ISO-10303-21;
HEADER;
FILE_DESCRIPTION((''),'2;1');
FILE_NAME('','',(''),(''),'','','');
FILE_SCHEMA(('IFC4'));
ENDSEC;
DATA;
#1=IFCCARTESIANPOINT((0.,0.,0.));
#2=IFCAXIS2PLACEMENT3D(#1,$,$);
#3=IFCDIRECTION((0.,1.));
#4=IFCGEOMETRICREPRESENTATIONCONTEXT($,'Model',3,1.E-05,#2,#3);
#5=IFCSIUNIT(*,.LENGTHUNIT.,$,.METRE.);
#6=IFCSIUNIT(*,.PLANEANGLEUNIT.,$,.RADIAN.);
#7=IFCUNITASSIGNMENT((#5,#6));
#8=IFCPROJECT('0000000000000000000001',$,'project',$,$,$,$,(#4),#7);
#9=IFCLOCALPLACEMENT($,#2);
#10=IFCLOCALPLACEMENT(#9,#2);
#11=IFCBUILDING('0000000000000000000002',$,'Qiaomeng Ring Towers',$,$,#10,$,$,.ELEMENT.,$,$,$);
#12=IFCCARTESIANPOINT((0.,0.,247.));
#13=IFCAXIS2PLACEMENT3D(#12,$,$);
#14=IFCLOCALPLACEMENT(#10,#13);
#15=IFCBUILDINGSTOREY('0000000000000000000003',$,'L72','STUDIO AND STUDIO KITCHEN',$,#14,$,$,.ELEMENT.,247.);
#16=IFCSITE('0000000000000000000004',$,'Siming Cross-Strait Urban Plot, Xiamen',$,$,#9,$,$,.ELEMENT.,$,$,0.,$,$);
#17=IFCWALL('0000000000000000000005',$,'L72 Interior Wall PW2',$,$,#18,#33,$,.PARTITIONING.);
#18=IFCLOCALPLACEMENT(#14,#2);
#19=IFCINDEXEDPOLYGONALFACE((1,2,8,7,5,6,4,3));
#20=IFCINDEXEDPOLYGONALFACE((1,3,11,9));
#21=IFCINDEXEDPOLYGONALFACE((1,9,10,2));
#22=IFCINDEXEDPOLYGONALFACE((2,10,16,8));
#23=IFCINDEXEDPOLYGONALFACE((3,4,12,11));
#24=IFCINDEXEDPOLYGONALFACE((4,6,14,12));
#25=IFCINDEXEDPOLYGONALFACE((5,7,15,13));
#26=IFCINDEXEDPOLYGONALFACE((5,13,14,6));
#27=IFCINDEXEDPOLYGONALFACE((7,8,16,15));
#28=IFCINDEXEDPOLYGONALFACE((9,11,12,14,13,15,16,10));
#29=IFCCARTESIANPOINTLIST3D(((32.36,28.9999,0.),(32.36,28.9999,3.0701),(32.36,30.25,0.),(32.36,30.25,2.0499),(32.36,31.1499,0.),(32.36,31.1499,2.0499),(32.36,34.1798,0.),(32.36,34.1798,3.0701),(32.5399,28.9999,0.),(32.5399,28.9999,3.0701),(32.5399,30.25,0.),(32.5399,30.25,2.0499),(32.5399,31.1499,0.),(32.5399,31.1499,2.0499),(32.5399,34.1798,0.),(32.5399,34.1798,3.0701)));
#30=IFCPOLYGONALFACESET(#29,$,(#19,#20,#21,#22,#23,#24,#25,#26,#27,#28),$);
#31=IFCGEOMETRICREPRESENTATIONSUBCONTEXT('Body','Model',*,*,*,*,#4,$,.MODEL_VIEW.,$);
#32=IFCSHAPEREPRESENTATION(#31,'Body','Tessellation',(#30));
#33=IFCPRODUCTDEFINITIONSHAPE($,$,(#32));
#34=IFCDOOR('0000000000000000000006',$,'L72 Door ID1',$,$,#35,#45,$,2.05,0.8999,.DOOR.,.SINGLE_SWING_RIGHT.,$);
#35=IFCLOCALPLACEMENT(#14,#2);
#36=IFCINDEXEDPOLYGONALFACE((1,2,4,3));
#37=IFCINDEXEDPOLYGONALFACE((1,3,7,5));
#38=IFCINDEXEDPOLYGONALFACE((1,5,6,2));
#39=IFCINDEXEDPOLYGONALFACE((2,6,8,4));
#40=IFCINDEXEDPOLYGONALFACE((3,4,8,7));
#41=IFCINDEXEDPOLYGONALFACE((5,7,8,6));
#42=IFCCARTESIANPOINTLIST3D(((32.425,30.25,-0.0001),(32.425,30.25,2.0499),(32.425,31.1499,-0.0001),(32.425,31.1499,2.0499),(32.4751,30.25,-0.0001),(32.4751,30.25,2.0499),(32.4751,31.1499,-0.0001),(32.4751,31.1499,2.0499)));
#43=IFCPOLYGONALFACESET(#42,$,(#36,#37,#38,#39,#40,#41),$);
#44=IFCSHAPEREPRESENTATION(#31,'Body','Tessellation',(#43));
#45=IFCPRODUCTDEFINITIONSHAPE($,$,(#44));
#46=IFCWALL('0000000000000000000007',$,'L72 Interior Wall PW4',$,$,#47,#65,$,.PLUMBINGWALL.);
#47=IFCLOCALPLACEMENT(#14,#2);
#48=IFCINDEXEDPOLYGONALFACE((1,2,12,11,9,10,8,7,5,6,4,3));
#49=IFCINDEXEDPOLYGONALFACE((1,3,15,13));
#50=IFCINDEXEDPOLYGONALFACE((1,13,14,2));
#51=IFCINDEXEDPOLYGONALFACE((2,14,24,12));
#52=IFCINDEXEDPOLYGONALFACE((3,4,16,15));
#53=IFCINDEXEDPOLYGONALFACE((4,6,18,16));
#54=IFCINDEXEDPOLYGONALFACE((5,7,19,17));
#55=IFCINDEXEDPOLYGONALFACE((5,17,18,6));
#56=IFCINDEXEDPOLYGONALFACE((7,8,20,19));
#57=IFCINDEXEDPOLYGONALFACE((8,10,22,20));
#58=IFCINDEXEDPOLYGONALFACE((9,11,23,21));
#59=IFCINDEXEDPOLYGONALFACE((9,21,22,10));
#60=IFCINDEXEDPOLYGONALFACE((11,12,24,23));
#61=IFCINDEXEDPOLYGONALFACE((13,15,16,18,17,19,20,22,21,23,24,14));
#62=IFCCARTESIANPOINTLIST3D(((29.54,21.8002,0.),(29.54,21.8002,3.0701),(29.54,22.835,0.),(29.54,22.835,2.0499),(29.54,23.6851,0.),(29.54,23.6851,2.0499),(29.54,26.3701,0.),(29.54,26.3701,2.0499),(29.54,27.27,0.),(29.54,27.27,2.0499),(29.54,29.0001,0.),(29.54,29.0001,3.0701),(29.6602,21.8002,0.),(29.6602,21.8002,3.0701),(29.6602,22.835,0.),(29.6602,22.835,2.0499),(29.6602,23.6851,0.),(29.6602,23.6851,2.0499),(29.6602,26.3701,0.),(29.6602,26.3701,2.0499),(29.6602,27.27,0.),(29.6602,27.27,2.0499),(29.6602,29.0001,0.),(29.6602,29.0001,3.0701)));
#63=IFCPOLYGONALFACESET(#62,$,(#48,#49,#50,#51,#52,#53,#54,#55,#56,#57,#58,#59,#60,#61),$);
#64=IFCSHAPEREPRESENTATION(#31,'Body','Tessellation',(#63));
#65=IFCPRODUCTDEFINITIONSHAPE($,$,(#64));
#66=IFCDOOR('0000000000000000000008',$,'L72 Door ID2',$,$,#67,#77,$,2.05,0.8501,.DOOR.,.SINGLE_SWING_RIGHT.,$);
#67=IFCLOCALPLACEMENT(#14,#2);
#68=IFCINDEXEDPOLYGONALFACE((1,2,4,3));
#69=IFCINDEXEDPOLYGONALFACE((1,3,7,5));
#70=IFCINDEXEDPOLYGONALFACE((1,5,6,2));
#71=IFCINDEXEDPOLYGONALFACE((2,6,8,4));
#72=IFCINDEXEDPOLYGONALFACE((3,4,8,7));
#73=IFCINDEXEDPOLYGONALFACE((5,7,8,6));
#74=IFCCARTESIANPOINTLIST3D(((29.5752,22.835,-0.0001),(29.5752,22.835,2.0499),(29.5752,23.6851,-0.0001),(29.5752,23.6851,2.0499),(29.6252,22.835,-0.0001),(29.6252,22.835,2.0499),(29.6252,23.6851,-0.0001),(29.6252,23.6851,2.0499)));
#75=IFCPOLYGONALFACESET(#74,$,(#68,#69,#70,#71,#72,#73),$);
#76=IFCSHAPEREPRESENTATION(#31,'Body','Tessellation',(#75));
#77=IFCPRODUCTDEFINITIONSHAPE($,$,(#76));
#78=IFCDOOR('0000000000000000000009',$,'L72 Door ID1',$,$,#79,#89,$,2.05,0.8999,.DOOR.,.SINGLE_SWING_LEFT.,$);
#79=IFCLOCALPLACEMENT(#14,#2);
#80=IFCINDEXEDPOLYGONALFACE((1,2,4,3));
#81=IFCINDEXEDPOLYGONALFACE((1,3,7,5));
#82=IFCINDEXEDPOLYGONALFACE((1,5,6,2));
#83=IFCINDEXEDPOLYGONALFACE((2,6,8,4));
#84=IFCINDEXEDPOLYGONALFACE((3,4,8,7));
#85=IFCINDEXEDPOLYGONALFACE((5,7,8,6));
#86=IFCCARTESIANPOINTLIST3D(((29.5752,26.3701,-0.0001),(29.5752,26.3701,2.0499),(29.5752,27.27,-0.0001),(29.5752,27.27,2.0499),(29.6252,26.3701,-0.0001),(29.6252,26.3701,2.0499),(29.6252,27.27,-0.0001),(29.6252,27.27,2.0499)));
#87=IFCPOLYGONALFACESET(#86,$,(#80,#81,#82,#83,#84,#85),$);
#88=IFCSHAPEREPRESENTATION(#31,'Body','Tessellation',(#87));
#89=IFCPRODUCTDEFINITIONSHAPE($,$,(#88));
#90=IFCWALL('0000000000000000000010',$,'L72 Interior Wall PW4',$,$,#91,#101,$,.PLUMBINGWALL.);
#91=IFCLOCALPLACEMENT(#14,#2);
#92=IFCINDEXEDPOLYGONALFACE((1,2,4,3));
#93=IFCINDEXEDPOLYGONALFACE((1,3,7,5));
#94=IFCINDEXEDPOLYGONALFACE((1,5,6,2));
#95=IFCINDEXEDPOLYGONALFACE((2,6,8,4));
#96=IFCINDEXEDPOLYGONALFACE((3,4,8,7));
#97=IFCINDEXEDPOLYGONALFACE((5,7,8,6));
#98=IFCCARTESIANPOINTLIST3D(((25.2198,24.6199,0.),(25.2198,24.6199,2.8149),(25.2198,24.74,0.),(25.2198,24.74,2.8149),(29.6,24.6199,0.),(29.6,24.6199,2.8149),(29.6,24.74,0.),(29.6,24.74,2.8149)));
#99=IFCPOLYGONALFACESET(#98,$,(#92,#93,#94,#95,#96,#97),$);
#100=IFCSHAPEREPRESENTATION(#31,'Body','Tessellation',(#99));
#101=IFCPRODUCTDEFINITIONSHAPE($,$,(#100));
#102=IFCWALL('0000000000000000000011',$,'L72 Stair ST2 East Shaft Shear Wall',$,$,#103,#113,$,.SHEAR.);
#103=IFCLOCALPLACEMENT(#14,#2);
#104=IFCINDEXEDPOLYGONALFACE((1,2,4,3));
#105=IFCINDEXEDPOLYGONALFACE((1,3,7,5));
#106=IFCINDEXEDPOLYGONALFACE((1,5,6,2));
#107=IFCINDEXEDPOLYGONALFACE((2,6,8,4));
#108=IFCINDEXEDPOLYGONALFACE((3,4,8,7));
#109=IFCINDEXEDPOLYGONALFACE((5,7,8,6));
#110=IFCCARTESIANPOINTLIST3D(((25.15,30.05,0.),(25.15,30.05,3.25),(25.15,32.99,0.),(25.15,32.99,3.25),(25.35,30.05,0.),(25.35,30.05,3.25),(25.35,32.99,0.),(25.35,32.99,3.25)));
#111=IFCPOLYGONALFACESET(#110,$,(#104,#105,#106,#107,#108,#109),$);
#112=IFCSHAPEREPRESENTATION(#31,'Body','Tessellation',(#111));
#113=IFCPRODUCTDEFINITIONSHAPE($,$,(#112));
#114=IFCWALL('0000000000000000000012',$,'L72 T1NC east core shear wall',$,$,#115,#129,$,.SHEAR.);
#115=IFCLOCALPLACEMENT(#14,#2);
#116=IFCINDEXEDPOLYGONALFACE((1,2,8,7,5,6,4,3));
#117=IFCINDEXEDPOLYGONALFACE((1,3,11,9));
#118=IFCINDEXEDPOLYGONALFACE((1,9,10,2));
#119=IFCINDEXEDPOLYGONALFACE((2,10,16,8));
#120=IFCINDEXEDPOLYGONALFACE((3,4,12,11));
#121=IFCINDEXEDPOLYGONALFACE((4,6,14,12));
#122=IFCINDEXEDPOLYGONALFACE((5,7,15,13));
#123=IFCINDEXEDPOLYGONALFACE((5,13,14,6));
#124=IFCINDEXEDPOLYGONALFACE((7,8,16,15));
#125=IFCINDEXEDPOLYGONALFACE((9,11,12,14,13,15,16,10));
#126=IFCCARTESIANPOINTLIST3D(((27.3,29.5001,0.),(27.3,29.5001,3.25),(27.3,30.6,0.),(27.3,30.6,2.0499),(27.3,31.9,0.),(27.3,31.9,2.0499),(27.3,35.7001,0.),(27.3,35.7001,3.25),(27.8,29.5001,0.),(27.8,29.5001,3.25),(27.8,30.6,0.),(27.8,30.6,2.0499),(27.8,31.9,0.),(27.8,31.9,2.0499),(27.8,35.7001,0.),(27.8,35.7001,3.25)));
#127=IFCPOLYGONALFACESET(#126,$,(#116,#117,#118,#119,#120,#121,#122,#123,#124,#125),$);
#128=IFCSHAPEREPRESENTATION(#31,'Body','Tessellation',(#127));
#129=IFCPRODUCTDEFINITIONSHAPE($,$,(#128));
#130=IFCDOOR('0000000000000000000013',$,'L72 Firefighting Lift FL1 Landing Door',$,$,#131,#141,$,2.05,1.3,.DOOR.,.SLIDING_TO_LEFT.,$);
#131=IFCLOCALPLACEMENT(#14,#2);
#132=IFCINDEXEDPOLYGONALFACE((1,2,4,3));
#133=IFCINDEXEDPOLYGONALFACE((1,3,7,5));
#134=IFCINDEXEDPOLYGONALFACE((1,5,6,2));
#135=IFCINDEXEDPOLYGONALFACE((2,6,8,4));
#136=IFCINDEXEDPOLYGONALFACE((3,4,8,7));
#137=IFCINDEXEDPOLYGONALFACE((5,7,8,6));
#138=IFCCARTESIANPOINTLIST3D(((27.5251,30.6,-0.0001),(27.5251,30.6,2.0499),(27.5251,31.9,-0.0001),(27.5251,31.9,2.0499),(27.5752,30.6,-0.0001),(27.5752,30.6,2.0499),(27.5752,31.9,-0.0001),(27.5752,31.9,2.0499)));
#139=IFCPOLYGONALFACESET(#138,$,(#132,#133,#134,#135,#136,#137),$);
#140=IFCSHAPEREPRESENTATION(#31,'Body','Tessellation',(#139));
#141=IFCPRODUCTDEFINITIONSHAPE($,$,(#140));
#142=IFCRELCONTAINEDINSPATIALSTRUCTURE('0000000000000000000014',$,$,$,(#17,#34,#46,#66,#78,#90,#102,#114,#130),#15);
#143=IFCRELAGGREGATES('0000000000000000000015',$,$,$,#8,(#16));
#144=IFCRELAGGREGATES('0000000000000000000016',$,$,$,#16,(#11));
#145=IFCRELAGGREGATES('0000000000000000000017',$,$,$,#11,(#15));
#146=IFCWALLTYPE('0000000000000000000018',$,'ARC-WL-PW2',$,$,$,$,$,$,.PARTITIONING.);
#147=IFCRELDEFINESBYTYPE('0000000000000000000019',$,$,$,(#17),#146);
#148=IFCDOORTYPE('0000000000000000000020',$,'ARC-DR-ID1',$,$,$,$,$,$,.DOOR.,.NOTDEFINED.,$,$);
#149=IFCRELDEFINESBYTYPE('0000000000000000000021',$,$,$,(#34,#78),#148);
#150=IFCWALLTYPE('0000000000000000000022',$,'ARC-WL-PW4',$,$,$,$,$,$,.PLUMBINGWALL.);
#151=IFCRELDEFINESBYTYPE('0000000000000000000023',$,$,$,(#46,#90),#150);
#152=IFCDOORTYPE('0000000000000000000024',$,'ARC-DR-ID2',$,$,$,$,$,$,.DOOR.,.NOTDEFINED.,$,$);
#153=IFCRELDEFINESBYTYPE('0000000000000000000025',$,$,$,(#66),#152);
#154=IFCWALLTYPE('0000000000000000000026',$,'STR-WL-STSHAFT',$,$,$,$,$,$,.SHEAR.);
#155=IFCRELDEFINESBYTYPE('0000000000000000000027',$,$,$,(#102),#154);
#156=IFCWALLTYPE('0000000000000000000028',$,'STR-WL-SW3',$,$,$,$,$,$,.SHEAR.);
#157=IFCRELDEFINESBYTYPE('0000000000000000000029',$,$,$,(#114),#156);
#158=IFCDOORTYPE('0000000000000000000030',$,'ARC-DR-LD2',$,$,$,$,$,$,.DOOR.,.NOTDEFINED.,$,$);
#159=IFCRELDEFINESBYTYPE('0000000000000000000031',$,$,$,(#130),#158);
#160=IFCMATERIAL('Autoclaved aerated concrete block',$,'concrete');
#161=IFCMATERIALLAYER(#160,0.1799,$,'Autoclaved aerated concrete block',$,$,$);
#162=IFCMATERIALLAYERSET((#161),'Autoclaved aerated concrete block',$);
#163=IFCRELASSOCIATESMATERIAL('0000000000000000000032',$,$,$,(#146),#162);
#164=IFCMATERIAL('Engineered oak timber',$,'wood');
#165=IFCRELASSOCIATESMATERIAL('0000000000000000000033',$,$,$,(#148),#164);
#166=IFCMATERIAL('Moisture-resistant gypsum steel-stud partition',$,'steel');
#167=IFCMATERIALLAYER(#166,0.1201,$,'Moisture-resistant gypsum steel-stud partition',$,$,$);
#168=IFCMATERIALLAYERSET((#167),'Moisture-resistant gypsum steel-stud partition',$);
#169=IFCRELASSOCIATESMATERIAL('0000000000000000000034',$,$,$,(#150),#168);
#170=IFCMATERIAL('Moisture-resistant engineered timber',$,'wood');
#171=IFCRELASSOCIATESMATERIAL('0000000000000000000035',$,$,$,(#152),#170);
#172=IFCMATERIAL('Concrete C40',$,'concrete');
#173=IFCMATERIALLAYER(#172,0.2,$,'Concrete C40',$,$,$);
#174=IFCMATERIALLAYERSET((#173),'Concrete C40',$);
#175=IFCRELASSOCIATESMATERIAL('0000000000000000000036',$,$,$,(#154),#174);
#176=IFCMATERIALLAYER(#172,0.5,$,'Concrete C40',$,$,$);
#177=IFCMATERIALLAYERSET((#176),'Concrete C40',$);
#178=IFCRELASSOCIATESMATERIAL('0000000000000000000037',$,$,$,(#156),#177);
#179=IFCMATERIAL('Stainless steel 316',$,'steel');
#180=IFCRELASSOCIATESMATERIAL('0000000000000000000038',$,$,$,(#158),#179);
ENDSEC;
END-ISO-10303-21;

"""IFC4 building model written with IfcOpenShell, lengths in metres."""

from ifc_helpers import new_model, si_unit, direction, frame, frame_2d, origin, place, context, subcontext, project, spatial, rectangle, extrude, source, transform, mapped, material, layer, layer_set, type_object, element, fill, save


model = new_model("IFC4")

# Units and contexts
model_context = context("Model", 3, precision=1e-05, world=origin(), true_north=direction((0.0, 1.0)))
body_context = subcontext(model_context, "Body", "Model", "MODEL_VIEW")
ifc_project = project(units=[si_unit("LENGTHUNIT", "METRE"), si_unit("PLANEANGLEUNIT", "RADIAN")], contexts=[model_context])

# Site, building, storey
site_placement = place(None, origin())
site = spatial("IfcSite", under=ifc_project, at=site_placement, Name="Siming Cross-Strait Urban Plot, Xiamen", CompositionType="ELEMENT", RefElevation=0.0)
building_placement = place(site_placement, origin())
building = spatial("IfcBuilding", under=site, at=building_placement, Name="Qiaomeng Ring Towers", CompositionType="ELEMENT")
storey_placement = place(building_placement, frame((0.0, 0.0, 247.0)))
storey = spatial("IfcBuildingStorey", under=building, at=storey_placement, Name="L72", Description="STUDIO AND STUDIO KITCHEN", CompositionType="ELEMENT", Elevation=247.0)

# Shared definitions
ifc_material_1 = material(Name="Concrete C40", Category="concrete")

# Shared definitions
ifc_material_2 = material(Name="Stainless steel 316", Category="steel")

# Shared definitions
ifc_material_3 = material(Name="Autoclaved aerated concrete block", Category="concrete")

# Wall, opening, door
ifc_layer_1 = layer(ifc_material_3, 0.1799, Name="Autoclaved aerated concrete block")
ifc_layer_set_1 = layer_set([ifc_layer_1], Name="Autoclaved aerated concrete block")
wall_type_1 = type_object("IfcWallType", Name="ARC-WL-PW2", PredefinedType="PARTITIONING", material=ifc_layer_set_1)
wall_1_placement = place(storey_placement, frame((32.45, 29.0, 0.0), z_axis=(0.0, 0.0, 1.0), x_axis=(0.0, 1.0, 0.0)))
wall_1 = element("IfcWall", 1, at=wall_1_placement, inside=storey, type_object=wall_type_1, Name="L72 Interior Wall PW2", PredefinedType="PARTITIONING", context=body_context, shape_type="SweptSolid", body=[
    extrude(rectangle(XDim=5.1799, YDim=0.1799, at=frame_2d((2.5898, 0.0))), origin(), (0.0, 0.0, 1.0), 3.0701),
])
opening_1_placement = place(wall_1_placement, frame((1.25, 0.0, 0.0)))
opening_1 = element("IfcOpeningElement", 2, at=opening_1_placement, cuts=wall_1, PredefinedType="OPENING", context=body_context, shape_type="SweptSolid", body=[
    extrude(rectangle(XDim=0.8999, YDim=2.05, at=frame_2d((0.45, 1.0249))), frame((0.0, 0.0999, 0.0), z_axis=(0.0, -1.0, 0.0), x_axis=(1.0, 0.0, 0.0)), (0.0, 0.0, 1.0), 0.2),
])
ifc_material_4 = material(Name="Engineered oak timber", Category="wood")
door_type_1 = type_object("IfcDoorType", Name="ARC-DR-ID1", OperationType="NOTDEFINED", PredefinedType="DOOR", material=ifc_material_4)
shared_shape_1 = source(origin(), body_context, "Body", "SweptSolid", [
    extrude(rectangle(XDim=0.8999, YDim=2.05, at=frame_2d((0.45, 1.0249))), frame((0.0, 0.0249, 0.0), z_axis=(0.0, -1.0, 0.0), x_axis=(1.0, 0.0, 0.0)), (0.0, 0.0, 1.0), 0.05),
])
door_1_placement = place(opening_1_placement, origin())
door_1 = element("IfcDoor", 3, at=door_1_placement, inside=storey, type_object=door_type_1, Name="L72 Door ID1", OperationType="SINGLE_SWING_RIGHT", OverallHeight=2.05, OverallWidth=0.8999, PredefinedType="DOOR", context=body_context, shape_type="MappedRepresentation", body=[
    mapped(shared_shape_1, transform((0.0, 0.0, 0.0), x_axis=(1.0, 0.0, 0.0), y_axis=(0.0, 1.0, 0.0), z_axis=(0.0, 0.0, 1.0), scale=1.0)),
])
fill(opening_1, door_1)

# Wall, openings, doors
ifc_material_5 = material(Name="Moisture-resistant gypsum steel-stud partition", Category="steel")
ifc_layer_2 = layer(ifc_material_5, 0.1201, Name="Moisture-resistant gypsum steel-stud partition")
ifc_layer_set_2 = layer_set([ifc_layer_2], Name="Moisture-resistant gypsum steel-stud partition")
wall_type_2 = type_object("IfcWallType", Name="ARC-WL-PW4", PredefinedType="PLUMBINGWALL", material=ifc_layer_set_2)
wall_2_placement = place(storey_placement, frame((29.6001, 21.8, 0.0), z_axis=(0.0, 0.0, 1.0), x_axis=(0.0, 1.0, 0.0)))
wall_2 = element("IfcWall", 4, at=wall_2_placement, inside=storey, type_object=wall_type_2, Name="L72 Interior Wall PW4", PredefinedType="PLUMBINGWALL", context=body_context, shape_type="SweptSolid", body=[
    extrude(rectangle(XDim=7.2, YDim=0.1201, at=frame_2d((3.6001, 0.0))), origin(), (0.0, 0.0, 1.0), 3.0701),
])
opening_2_placement = place(wall_2_placement, frame((1.0349, 0.0, 0.0)))
opening_2 = element("IfcOpeningElement", 5, at=opening_2_placement, cuts=wall_2, PredefinedType="OPENING", context=body_context, shape_type="SweptSolid", body=[
    extrude(rectangle(XDim=0.8501, YDim=2.05, at=frame_2d((0.425, 1.0249))), frame((0.0, 0.0701, 0.0), z_axis=(0.0, -1.0, 0.0), x_axis=(1.0, 0.0, 0.0)), (0.0, 0.0, 1.0), 0.1401),
])
opening_3_placement = place(wall_2_placement, frame((4.5701, 0.0, 0.0)))
opening_3 = element("IfcOpeningElement", 6, at=opening_3_placement, cuts=wall_2, PredefinedType="OPENING", context=body_context, shape_type="SweptSolid", body=[
    extrude(rectangle(XDim=0.8999, YDim=2.05, at=frame_2d((0.45, 1.0249))), frame((0.0, 0.0701, 0.0), z_axis=(0.0, -1.0, 0.0), x_axis=(1.0, 0.0, 0.0)), (0.0, 0.0, 1.0), 0.1401),
])
ifc_material_6 = material(Name="Moisture-resistant engineered timber", Category="wood")
door_type_2 = type_object("IfcDoorType", Name="ARC-DR-ID2", OperationType="NOTDEFINED", PredefinedType="DOOR", material=ifc_material_6)
shared_shape_2 = source(origin(), body_context, "Body", "SweptSolid", [
    extrude(rectangle(XDim=0.8501, YDim=2.05, at=frame_2d((0.425, 1.0249))), frame((0.0, 0.0249, 0.0), z_axis=(0.0, -1.0, 0.0), x_axis=(1.0, 0.0, 0.0)), (0.0, 0.0, 1.0), 0.05),
])
door_2_placement = place(opening_2_placement, origin())
door_2 = element("IfcDoor", 7, at=door_2_placement, inside=storey, type_object=door_type_2, Name="L72 Door ID2", OperationType="SINGLE_SWING_RIGHT", OverallHeight=2.05, OverallWidth=0.8501, PredefinedType="DOOR", context=body_context, shape_type="MappedRepresentation", body=[
    mapped(shared_shape_2, transform((0.0, 0.0, 0.0), x_axis=(1.0, 0.0, 0.0), y_axis=(0.0, 1.0, 0.0), z_axis=(0.0, 0.0, 1.0), scale=1.0)),
])
fill(opening_2, door_2)
door_3_placement = place(opening_3_placement, origin())
door_3 = element("IfcDoor", 8, at=door_3_placement, inside=storey, type_object=door_type_1, Name="L72 Door ID1", OperationType="SINGLE_SWING_LEFT", OverallHeight=2.05, OverallWidth=0.8999, PredefinedType="DOOR", context=body_context, shape_type="MappedRepresentation", body=[
    mapped(shared_shape_1, transform((0.0, 0.0, 0.0), x_axis=(1.0, 0.0, 0.0), y_axis=(0.0, 1.0, 0.0), z_axis=(0.0, 0.0, 1.0), scale=1.0)),
])
fill(opening_3, door_3)

# Walls
wall_3_placement = place(storey_placement, frame((25.22, 24.6799, 0.0), z_axis=(0.0, 0.0, 1.0), x_axis=(1.0, 0.0, 0.0)))
element("IfcWall", 9, at=wall_3_placement, inside=storey, type_object=wall_type_2, Name="L72 Interior Wall PW4", PredefinedType="PLUMBINGWALL", context=body_context, shape_type="SweptSolid", body=[
    extrude(rectangle(XDim=4.3801, YDim=0.1201, at=frame_2d((2.1899, 0.0))), origin(), (0.0, 0.0, 1.0), 2.8149),
])
ifc_layer_3 = layer(ifc_material_1, 0.2, Name="Concrete C40")
ifc_layer_set_3 = layer_set([ifc_layer_3], Name="Concrete C40")
wall_type_3 = type_object("IfcWallType", Name="STR-WL-STSHAFT", PredefinedType="SHEAR", material=ifc_layer_set_3)
wall_4_placement = place(storey_placement, frame((25.25, 30.05, 0.0), z_axis=(0.0, 0.0, 1.0), x_axis=(0.0, 1.0, 0.0)))
element("IfcWall", 10, at=wall_4_placement, inside=storey, type_object=wall_type_3, Name="L72 Stair ST2 East Shaft Shear Wall", PredefinedType="SHEAR", context=body_context, shape_type="SweptSolid", body=[
    extrude(rectangle(XDim=2.9399, YDim=0.2, at=frame_2d((1.47, 0.0))), origin(), (0.0, 0.0, 1.0), 3.25),
])

# Wall, opening, door
ifc_layer_4 = layer(ifc_material_1, 0.5, Name="Concrete C40")
ifc_layer_set_4 = layer_set([ifc_layer_4], Name="Concrete C40")
wall_type_4 = type_object("IfcWallType", Name="STR-WL-SW3", PredefinedType="SHEAR", material=ifc_layer_set_4)
wall_5_placement = place(storey_placement, frame((27.55, 29.5, 0.0), z_axis=(0.0, 0.0, 1.0), x_axis=(0.0, 1.0, 0.0)))
wall_5 = element("IfcWall", 11, at=wall_5_placement, inside=storey, type_object=wall_type_4, Name="L72 T1NC east core shear wall", PredefinedType="SHEAR", context=body_context, shape_type="SweptSolid", body=[
    extrude(rectangle(XDim=6.2, YDim=0.5, at=frame_2d((3.1001, 0.0))), origin(), (0.0, 0.0, 1.0), 3.25),
])
opening_4_placement = place(wall_5_placement, frame((1.1001, 0.0, 0.0)))
opening_4 = element("IfcOpeningElement", 12, at=opening_4_placement, cuts=wall_5, PredefinedType="OPENING", context=body_context, shape_type="SweptSolid", body=[
    extrude(rectangle(XDim=1.3, YDim=2.05, at=frame_2d((0.6499, 1.0249))), frame((0.0, 0.26, 0.0), z_axis=(0.0, -1.0, 0.0), x_axis=(1.0, 0.0, 0.0)), (0.0, 0.0, 1.0), 0.52),
])
door_type_3 = type_object("IfcDoorType", Name="ARC-DR-LD2", OperationType="NOTDEFINED", PredefinedType="DOOR", material=ifc_material_2)
shared_shape_3 = source(origin(), body_context, "Body", "SweptSolid", [
    extrude(rectangle(XDim=1.3, YDim=2.05, at=frame_2d((0.6499, 1.0249))), frame((0.0, 0.0249, 0.0), z_axis=(0.0, -1.0, 0.0), x_axis=(1.0, 0.0, 0.0)), (0.0, 0.0, 1.0), 0.05),
])
door_4_placement = place(opening_4_placement, origin())
door_4 = element("IfcDoor", 13, at=door_4_placement, inside=storey, type_object=door_type_3, Name="L72 Firefighting Lift FL1 Landing Door", OperationType="SLIDING_TO_LEFT", OverallHeight=2.05, OverallWidth=1.3, PredefinedType="DOOR", context=body_context, shape_type="MappedRepresentation", body=[
    mapped(shared_shape_3, transform((0.0, 0.0, 0.0), x_axis=(1.0, 0.0, 0.0), y_axis=(0.0, 1.0, 0.0), z_axis=(0.0, 0.0, 1.0), scale=1.0)),
])
fill(opening_4, door_4)

save(model, "model.ifc")
